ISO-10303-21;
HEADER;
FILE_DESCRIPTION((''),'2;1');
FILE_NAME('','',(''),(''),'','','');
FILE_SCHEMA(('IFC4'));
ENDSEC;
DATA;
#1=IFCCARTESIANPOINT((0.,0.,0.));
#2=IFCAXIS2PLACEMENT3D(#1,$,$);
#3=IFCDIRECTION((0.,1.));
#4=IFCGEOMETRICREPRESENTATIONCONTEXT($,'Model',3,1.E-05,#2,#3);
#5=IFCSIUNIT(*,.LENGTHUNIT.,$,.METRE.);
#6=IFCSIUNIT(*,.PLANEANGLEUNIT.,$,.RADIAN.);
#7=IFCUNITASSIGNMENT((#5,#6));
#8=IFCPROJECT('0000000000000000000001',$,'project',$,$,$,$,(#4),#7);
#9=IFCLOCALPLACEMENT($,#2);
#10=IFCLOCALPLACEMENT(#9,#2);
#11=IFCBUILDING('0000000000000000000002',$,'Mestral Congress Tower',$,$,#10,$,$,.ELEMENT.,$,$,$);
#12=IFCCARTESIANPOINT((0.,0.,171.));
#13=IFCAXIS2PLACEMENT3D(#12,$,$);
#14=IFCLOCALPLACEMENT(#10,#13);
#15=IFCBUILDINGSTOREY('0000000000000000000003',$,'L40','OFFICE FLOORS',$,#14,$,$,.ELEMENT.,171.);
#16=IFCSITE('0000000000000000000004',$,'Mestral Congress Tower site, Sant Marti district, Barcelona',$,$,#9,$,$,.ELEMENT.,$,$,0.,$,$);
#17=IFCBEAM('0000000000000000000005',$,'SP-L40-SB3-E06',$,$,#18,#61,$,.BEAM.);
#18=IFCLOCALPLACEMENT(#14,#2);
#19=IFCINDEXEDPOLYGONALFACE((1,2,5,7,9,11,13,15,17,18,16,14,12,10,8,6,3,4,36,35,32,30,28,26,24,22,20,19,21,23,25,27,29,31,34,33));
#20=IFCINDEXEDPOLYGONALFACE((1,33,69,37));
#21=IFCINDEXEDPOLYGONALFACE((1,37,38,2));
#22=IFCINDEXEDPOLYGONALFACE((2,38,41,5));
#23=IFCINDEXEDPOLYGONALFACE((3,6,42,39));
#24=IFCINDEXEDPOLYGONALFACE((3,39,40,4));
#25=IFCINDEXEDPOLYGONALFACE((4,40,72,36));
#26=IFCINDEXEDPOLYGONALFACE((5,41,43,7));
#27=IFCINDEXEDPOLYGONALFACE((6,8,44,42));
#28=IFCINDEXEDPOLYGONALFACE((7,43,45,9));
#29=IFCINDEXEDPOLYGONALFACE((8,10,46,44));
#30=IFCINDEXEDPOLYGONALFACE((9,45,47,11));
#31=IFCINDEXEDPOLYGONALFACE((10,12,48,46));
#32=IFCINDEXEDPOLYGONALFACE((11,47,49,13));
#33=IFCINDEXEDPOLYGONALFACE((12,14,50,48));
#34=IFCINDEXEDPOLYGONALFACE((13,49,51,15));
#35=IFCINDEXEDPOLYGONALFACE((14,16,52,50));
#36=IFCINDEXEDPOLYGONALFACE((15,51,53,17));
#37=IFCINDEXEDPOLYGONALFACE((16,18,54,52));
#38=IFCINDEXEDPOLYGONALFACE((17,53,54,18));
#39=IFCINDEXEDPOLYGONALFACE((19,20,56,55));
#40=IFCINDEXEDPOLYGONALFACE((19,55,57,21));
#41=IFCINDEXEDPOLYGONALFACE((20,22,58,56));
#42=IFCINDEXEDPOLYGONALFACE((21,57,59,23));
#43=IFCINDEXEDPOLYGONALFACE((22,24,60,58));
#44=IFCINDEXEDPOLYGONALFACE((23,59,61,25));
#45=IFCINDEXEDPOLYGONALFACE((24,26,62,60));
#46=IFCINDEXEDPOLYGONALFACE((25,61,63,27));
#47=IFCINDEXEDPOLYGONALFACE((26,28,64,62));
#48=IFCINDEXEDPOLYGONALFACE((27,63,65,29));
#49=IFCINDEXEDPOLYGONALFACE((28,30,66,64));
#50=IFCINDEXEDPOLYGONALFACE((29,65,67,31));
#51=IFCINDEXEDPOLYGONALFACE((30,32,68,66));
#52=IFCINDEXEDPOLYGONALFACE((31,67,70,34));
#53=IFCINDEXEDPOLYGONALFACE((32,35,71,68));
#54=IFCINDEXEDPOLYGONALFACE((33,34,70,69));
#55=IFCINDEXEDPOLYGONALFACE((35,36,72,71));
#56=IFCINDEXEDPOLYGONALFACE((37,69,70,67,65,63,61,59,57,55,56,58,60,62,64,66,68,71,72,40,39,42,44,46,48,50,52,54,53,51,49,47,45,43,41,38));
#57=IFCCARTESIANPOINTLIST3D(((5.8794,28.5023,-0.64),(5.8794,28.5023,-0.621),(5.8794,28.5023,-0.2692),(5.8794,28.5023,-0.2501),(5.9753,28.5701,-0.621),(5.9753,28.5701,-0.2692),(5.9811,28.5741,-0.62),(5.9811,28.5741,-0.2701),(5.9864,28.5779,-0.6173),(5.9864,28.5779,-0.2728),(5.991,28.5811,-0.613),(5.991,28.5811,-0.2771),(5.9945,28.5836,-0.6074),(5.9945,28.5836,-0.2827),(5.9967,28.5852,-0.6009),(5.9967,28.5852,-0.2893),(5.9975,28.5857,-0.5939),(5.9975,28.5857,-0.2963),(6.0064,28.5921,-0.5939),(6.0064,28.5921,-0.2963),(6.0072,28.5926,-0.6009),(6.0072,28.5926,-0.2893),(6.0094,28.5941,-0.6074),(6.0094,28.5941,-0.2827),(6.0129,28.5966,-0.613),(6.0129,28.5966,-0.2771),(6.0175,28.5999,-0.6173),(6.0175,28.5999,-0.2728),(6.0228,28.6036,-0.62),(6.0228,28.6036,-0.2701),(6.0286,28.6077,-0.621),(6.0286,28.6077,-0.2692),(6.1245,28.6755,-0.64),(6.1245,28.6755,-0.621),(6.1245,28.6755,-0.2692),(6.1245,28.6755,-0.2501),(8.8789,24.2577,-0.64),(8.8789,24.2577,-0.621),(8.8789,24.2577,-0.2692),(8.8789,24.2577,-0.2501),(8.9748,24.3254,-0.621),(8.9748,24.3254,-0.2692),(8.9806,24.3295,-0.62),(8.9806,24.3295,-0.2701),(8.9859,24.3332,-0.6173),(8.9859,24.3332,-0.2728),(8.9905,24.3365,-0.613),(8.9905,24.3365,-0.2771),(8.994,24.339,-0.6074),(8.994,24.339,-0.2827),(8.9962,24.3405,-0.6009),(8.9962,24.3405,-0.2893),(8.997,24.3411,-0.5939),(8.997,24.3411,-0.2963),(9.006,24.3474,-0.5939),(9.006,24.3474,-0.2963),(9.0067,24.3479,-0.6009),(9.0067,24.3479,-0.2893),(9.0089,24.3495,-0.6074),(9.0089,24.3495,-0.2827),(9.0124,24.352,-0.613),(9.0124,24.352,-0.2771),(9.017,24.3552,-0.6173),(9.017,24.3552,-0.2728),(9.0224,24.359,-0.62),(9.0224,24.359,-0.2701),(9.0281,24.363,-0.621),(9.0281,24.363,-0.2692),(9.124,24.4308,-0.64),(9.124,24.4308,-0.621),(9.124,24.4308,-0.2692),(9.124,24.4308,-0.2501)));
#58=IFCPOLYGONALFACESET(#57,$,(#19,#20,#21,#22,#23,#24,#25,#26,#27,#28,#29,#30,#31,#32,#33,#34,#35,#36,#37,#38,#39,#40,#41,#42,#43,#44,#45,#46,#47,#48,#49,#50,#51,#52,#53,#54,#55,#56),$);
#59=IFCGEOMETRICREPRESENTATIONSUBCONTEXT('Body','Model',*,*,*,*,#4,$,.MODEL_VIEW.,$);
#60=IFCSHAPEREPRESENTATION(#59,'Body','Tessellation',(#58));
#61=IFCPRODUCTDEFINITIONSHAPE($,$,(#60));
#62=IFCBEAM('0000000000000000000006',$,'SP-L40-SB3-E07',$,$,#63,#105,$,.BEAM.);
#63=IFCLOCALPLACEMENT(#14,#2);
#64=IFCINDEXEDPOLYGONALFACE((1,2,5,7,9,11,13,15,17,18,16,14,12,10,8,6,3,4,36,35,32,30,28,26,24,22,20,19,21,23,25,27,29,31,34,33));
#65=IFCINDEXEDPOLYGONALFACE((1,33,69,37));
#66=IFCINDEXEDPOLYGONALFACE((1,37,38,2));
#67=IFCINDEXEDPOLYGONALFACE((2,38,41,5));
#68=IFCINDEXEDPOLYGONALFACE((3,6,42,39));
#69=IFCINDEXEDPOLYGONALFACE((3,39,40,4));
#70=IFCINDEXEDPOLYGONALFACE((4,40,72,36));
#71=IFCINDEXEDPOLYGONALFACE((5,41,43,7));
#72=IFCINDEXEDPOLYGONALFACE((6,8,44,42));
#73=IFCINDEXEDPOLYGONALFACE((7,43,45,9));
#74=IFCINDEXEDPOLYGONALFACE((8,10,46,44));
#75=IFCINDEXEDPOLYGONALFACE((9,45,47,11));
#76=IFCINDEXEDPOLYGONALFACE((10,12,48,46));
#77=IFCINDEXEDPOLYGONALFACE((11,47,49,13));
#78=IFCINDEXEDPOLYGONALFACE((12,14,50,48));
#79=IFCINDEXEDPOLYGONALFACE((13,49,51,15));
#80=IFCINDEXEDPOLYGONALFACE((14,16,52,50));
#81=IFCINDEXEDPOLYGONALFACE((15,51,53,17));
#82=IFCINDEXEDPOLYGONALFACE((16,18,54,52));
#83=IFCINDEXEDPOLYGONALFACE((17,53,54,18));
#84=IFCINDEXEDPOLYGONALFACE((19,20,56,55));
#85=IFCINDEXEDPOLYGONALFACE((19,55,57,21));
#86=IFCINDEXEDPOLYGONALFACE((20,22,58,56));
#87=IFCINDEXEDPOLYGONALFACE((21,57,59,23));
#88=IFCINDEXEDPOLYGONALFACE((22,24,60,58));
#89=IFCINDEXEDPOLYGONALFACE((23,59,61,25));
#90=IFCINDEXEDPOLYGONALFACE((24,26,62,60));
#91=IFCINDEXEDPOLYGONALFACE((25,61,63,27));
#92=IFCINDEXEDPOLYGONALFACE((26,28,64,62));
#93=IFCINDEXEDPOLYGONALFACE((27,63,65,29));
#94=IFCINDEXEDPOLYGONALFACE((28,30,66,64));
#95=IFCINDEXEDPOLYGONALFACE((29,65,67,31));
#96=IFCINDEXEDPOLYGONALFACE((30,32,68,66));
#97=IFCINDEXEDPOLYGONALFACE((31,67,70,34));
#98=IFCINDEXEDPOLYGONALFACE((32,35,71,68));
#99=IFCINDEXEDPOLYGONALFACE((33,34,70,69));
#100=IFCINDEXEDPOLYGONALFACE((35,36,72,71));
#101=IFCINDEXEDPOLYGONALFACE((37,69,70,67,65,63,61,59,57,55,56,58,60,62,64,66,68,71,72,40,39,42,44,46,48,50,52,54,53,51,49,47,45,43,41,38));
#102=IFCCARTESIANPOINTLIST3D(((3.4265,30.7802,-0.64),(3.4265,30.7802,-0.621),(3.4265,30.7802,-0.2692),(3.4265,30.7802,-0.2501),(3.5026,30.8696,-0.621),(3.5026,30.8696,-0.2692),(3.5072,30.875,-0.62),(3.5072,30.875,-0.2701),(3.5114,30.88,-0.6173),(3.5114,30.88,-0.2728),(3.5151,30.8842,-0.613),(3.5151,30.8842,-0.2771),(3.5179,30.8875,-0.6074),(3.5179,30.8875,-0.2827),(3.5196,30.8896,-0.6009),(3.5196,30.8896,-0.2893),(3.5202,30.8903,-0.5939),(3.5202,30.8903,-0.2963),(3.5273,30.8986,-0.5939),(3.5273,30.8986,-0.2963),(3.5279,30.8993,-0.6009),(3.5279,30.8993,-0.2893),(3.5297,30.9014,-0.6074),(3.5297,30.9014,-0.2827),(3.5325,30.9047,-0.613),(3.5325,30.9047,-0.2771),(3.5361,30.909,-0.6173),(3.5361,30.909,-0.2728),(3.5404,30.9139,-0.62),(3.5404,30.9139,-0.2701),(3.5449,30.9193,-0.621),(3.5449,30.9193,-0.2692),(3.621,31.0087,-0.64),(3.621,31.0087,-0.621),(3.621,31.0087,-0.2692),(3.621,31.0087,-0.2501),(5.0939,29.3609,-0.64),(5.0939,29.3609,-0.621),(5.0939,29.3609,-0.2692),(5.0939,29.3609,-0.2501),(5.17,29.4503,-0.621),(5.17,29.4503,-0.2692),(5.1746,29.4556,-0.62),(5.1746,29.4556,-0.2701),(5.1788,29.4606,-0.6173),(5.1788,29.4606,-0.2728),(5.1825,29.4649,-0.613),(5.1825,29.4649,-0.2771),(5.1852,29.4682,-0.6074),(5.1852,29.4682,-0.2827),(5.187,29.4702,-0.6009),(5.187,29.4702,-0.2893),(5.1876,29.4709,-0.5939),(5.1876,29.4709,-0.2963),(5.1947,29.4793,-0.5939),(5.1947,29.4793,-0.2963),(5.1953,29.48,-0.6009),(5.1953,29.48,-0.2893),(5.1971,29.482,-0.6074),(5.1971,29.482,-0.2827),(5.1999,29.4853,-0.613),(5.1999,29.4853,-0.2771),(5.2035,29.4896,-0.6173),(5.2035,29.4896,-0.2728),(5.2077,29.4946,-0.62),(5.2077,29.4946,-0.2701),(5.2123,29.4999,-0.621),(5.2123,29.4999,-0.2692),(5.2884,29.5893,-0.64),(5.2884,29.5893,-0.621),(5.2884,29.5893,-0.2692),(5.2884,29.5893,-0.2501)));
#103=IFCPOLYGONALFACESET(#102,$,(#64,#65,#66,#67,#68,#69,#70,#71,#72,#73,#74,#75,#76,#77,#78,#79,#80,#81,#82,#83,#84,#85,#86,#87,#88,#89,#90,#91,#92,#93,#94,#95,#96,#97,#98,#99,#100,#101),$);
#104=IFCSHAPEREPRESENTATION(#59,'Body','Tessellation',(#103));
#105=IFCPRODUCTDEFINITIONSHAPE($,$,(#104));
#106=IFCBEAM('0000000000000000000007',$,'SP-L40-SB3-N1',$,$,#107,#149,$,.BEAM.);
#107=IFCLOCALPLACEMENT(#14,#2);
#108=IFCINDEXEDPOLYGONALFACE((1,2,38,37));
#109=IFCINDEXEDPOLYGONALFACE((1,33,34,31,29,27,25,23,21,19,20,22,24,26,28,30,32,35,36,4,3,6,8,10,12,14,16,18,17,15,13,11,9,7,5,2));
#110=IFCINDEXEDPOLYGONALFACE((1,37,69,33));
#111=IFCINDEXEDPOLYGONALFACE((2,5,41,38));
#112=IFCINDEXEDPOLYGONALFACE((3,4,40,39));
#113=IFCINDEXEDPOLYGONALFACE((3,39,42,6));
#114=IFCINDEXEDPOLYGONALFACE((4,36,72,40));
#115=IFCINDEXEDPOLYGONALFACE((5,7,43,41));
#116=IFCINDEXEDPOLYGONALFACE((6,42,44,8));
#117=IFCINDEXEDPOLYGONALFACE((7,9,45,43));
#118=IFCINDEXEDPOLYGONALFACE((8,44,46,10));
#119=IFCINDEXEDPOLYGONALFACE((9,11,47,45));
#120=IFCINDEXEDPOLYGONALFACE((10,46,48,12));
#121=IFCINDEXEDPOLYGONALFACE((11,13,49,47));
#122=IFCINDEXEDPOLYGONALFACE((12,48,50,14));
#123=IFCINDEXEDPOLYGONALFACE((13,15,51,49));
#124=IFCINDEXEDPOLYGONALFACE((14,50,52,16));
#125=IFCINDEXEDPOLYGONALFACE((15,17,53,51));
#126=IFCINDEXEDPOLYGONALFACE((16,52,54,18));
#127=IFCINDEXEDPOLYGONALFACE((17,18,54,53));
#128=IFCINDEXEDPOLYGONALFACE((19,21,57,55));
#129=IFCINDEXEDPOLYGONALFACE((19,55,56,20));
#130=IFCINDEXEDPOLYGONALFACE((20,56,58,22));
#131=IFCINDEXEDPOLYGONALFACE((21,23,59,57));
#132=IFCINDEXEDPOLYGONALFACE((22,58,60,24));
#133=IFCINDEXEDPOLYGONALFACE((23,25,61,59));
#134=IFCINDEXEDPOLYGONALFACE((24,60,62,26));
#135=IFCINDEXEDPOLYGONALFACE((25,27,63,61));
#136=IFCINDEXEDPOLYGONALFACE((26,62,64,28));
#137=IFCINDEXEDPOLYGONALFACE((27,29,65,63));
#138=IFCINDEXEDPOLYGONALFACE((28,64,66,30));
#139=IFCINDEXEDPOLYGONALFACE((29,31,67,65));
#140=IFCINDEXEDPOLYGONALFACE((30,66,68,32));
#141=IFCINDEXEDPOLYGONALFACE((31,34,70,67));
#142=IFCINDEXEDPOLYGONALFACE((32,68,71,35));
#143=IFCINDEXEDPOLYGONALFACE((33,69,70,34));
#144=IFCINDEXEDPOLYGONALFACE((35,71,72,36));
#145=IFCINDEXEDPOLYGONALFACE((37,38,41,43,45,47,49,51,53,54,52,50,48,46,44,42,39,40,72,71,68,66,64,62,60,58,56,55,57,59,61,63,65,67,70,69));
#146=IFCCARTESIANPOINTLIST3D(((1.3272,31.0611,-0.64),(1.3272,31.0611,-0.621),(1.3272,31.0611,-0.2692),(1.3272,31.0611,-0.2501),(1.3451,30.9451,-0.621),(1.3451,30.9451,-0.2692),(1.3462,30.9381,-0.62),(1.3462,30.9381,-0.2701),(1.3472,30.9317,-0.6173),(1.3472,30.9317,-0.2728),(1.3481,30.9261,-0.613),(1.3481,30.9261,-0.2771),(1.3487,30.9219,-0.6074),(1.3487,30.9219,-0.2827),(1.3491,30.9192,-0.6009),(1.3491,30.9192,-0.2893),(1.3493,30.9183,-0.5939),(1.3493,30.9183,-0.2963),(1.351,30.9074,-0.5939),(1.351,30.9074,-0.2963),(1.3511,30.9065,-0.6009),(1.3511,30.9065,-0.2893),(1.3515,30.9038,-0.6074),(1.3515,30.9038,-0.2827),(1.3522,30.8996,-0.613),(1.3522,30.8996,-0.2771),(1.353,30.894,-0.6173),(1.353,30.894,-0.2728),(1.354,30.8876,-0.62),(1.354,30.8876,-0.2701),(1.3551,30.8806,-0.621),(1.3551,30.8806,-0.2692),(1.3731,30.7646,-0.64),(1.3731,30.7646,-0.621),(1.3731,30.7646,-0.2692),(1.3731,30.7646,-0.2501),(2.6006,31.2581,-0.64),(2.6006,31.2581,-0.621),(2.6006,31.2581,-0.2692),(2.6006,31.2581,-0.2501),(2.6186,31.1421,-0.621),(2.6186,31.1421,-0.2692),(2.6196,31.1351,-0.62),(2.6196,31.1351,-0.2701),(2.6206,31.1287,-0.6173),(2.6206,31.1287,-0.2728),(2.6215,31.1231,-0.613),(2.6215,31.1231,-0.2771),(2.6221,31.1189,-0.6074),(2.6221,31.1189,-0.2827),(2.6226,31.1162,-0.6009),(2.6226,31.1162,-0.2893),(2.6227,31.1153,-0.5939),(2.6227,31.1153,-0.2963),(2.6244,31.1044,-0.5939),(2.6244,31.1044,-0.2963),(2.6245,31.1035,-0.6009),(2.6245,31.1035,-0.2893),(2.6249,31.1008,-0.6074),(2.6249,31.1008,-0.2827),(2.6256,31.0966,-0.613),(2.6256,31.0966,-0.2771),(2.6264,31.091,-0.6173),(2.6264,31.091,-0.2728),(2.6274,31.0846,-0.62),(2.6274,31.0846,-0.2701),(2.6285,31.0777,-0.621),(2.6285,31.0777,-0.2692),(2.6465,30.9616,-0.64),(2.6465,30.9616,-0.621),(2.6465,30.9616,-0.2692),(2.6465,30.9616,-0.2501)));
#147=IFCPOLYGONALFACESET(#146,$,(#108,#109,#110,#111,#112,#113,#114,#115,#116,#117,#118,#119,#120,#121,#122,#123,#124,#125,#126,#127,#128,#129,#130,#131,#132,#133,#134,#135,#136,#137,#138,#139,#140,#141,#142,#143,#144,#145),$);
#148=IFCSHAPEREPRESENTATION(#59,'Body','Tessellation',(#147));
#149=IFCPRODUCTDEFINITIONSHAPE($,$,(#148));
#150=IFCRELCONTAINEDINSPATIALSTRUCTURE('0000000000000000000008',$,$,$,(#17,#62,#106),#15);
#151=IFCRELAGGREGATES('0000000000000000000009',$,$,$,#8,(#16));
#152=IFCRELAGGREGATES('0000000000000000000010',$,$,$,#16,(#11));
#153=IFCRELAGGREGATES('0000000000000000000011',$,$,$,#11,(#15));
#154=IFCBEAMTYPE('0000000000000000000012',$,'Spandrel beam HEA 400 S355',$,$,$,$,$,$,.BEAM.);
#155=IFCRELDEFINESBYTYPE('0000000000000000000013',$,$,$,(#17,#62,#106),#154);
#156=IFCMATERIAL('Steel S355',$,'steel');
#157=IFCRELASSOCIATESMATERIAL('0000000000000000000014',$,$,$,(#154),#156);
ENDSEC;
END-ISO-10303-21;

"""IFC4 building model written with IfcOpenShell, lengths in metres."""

from ifc_helpers import new_model, si_unit, direction, frame, origin, origin_2d, place, context, subcontext, project, spatial, i_section, extrude, material, material_profile, profile_set, type_object, element, save


model = new_model("IFC4")

# Units and contexts
model_context = context("Model", 3, precision=1e-05, world=origin(), true_north=direction((0.0, 1.0)))
body_context = subcontext(model_context, "Body", "Model", "MODEL_VIEW")
ifc_project = project(units=[si_unit("LENGTHUNIT", "METRE"), si_unit("PLANEANGLEUNIT", "RADIAN")], contexts=[model_context])

# Site, building, storey
site_placement = place(None, origin())
site = spatial("IfcSite", under=ifc_project, at=site_placement, Name="Mestral Congress Tower site, Sant Marti district, Barcelona", CompositionType="ELEMENT", RefElevation=0.0)
building_placement = place(site_placement, origin())
building = spatial("IfcBuilding", under=site, at=building_placement, Name="Mestral Congress Tower", CompositionType="ELEMENT")
storey_placement = place(building_placement, frame((0.0, 0.0, 171.0)))
storey = spatial("IfcBuildingStorey", under=building, at=storey_placement, Name="L40", Description="OFFICE FLOORS", CompositionType="ELEMENT", Elevation=171.0)

# Beams
ifc_material_1 = material(Name="Steel S355", Category="steel")
ifc_material_profile_1 = material_profile(ifc_material_1, i_section(OverallWidth=0.3, OverallDepth=0.3899, WebThickness=0.011, FlangeThickness=0.019, FilletRadius=0.0271, at=origin_2d()), Name="HEA 400")
ifc_profile_set_1 = profile_set([ifc_material_profile_1], Name="Steel S355")
beam_type_1 = type_object("IfcBeamType", Name="Spandrel beam HEA 400 S355", PredefinedType="BEAM", material=ifc_profile_set_1)
beam_1_placement = place(storey_placement, frame((9.0015, 24.3442, -0.4451), z_axis=(-0.577107, 0.816668, 0.0), x_axis=(-0.816668, -0.577107, 0.0)))
element("IfcBeam", 1, at=beam_1_placement, inside=storey, type_object=beam_type_1, Name="SP-L40-SB3-E06", PredefinedType="BEAM", context=body_context, shape_type="SweptSolid", body=[
    extrude(i_section(OverallWidth=0.3, OverallDepth=0.3899, WebThickness=0.011, FlangeThickness=0.019, FilletRadius=0.0271, at=origin_2d()), origin(), (0.0, 0.0, 1.0), 5.1975),
])
beam_2_placement = place(storey_placement, frame((5.1912, 29.4751, -0.4451), z_axis=(-0.761471, 0.648198, 0.0), x_axis=(-0.648198, -0.761471, 0.0)))
element("IfcBeam", 2, at=beam_2_placement, inside=storey, type_object=beam_type_1, Name="SP-L40-SB3-E07", PredefinedType="BEAM", context=body_context, shape_type="SweptSolid", body=[
    extrude(i_section(OverallWidth=0.3, OverallDepth=0.3899, WebThickness=0.011, FlangeThickness=0.019, FilletRadius=0.0271, at=origin_2d()), origin(), (0.0, 0.0, 1.0), 2.1897),
])
beam_3_placement = place(storey_placement, frame((2.6235, 31.1099, -0.4451), z_axis=(-0.988242, -0.152897, 0.0), x_axis=(0.152897, -0.988242, 0.0)))
element("IfcBeam", 3, at=beam_3_placement, inside=storey, type_object=beam_type_1, Name="SP-L40-SB3-N1", PredefinedType="BEAM", context=body_context, shape_type="SweptSolid", body=[
    extrude(i_section(OverallWidth=0.3, OverallDepth=0.3899, WebThickness=0.011, FlangeThickness=0.019, FilletRadius=0.0271, at=origin_2d()), origin(), (0.0, 0.0, 1.0), 1.2886),
])

save(model, "model.ifc")
